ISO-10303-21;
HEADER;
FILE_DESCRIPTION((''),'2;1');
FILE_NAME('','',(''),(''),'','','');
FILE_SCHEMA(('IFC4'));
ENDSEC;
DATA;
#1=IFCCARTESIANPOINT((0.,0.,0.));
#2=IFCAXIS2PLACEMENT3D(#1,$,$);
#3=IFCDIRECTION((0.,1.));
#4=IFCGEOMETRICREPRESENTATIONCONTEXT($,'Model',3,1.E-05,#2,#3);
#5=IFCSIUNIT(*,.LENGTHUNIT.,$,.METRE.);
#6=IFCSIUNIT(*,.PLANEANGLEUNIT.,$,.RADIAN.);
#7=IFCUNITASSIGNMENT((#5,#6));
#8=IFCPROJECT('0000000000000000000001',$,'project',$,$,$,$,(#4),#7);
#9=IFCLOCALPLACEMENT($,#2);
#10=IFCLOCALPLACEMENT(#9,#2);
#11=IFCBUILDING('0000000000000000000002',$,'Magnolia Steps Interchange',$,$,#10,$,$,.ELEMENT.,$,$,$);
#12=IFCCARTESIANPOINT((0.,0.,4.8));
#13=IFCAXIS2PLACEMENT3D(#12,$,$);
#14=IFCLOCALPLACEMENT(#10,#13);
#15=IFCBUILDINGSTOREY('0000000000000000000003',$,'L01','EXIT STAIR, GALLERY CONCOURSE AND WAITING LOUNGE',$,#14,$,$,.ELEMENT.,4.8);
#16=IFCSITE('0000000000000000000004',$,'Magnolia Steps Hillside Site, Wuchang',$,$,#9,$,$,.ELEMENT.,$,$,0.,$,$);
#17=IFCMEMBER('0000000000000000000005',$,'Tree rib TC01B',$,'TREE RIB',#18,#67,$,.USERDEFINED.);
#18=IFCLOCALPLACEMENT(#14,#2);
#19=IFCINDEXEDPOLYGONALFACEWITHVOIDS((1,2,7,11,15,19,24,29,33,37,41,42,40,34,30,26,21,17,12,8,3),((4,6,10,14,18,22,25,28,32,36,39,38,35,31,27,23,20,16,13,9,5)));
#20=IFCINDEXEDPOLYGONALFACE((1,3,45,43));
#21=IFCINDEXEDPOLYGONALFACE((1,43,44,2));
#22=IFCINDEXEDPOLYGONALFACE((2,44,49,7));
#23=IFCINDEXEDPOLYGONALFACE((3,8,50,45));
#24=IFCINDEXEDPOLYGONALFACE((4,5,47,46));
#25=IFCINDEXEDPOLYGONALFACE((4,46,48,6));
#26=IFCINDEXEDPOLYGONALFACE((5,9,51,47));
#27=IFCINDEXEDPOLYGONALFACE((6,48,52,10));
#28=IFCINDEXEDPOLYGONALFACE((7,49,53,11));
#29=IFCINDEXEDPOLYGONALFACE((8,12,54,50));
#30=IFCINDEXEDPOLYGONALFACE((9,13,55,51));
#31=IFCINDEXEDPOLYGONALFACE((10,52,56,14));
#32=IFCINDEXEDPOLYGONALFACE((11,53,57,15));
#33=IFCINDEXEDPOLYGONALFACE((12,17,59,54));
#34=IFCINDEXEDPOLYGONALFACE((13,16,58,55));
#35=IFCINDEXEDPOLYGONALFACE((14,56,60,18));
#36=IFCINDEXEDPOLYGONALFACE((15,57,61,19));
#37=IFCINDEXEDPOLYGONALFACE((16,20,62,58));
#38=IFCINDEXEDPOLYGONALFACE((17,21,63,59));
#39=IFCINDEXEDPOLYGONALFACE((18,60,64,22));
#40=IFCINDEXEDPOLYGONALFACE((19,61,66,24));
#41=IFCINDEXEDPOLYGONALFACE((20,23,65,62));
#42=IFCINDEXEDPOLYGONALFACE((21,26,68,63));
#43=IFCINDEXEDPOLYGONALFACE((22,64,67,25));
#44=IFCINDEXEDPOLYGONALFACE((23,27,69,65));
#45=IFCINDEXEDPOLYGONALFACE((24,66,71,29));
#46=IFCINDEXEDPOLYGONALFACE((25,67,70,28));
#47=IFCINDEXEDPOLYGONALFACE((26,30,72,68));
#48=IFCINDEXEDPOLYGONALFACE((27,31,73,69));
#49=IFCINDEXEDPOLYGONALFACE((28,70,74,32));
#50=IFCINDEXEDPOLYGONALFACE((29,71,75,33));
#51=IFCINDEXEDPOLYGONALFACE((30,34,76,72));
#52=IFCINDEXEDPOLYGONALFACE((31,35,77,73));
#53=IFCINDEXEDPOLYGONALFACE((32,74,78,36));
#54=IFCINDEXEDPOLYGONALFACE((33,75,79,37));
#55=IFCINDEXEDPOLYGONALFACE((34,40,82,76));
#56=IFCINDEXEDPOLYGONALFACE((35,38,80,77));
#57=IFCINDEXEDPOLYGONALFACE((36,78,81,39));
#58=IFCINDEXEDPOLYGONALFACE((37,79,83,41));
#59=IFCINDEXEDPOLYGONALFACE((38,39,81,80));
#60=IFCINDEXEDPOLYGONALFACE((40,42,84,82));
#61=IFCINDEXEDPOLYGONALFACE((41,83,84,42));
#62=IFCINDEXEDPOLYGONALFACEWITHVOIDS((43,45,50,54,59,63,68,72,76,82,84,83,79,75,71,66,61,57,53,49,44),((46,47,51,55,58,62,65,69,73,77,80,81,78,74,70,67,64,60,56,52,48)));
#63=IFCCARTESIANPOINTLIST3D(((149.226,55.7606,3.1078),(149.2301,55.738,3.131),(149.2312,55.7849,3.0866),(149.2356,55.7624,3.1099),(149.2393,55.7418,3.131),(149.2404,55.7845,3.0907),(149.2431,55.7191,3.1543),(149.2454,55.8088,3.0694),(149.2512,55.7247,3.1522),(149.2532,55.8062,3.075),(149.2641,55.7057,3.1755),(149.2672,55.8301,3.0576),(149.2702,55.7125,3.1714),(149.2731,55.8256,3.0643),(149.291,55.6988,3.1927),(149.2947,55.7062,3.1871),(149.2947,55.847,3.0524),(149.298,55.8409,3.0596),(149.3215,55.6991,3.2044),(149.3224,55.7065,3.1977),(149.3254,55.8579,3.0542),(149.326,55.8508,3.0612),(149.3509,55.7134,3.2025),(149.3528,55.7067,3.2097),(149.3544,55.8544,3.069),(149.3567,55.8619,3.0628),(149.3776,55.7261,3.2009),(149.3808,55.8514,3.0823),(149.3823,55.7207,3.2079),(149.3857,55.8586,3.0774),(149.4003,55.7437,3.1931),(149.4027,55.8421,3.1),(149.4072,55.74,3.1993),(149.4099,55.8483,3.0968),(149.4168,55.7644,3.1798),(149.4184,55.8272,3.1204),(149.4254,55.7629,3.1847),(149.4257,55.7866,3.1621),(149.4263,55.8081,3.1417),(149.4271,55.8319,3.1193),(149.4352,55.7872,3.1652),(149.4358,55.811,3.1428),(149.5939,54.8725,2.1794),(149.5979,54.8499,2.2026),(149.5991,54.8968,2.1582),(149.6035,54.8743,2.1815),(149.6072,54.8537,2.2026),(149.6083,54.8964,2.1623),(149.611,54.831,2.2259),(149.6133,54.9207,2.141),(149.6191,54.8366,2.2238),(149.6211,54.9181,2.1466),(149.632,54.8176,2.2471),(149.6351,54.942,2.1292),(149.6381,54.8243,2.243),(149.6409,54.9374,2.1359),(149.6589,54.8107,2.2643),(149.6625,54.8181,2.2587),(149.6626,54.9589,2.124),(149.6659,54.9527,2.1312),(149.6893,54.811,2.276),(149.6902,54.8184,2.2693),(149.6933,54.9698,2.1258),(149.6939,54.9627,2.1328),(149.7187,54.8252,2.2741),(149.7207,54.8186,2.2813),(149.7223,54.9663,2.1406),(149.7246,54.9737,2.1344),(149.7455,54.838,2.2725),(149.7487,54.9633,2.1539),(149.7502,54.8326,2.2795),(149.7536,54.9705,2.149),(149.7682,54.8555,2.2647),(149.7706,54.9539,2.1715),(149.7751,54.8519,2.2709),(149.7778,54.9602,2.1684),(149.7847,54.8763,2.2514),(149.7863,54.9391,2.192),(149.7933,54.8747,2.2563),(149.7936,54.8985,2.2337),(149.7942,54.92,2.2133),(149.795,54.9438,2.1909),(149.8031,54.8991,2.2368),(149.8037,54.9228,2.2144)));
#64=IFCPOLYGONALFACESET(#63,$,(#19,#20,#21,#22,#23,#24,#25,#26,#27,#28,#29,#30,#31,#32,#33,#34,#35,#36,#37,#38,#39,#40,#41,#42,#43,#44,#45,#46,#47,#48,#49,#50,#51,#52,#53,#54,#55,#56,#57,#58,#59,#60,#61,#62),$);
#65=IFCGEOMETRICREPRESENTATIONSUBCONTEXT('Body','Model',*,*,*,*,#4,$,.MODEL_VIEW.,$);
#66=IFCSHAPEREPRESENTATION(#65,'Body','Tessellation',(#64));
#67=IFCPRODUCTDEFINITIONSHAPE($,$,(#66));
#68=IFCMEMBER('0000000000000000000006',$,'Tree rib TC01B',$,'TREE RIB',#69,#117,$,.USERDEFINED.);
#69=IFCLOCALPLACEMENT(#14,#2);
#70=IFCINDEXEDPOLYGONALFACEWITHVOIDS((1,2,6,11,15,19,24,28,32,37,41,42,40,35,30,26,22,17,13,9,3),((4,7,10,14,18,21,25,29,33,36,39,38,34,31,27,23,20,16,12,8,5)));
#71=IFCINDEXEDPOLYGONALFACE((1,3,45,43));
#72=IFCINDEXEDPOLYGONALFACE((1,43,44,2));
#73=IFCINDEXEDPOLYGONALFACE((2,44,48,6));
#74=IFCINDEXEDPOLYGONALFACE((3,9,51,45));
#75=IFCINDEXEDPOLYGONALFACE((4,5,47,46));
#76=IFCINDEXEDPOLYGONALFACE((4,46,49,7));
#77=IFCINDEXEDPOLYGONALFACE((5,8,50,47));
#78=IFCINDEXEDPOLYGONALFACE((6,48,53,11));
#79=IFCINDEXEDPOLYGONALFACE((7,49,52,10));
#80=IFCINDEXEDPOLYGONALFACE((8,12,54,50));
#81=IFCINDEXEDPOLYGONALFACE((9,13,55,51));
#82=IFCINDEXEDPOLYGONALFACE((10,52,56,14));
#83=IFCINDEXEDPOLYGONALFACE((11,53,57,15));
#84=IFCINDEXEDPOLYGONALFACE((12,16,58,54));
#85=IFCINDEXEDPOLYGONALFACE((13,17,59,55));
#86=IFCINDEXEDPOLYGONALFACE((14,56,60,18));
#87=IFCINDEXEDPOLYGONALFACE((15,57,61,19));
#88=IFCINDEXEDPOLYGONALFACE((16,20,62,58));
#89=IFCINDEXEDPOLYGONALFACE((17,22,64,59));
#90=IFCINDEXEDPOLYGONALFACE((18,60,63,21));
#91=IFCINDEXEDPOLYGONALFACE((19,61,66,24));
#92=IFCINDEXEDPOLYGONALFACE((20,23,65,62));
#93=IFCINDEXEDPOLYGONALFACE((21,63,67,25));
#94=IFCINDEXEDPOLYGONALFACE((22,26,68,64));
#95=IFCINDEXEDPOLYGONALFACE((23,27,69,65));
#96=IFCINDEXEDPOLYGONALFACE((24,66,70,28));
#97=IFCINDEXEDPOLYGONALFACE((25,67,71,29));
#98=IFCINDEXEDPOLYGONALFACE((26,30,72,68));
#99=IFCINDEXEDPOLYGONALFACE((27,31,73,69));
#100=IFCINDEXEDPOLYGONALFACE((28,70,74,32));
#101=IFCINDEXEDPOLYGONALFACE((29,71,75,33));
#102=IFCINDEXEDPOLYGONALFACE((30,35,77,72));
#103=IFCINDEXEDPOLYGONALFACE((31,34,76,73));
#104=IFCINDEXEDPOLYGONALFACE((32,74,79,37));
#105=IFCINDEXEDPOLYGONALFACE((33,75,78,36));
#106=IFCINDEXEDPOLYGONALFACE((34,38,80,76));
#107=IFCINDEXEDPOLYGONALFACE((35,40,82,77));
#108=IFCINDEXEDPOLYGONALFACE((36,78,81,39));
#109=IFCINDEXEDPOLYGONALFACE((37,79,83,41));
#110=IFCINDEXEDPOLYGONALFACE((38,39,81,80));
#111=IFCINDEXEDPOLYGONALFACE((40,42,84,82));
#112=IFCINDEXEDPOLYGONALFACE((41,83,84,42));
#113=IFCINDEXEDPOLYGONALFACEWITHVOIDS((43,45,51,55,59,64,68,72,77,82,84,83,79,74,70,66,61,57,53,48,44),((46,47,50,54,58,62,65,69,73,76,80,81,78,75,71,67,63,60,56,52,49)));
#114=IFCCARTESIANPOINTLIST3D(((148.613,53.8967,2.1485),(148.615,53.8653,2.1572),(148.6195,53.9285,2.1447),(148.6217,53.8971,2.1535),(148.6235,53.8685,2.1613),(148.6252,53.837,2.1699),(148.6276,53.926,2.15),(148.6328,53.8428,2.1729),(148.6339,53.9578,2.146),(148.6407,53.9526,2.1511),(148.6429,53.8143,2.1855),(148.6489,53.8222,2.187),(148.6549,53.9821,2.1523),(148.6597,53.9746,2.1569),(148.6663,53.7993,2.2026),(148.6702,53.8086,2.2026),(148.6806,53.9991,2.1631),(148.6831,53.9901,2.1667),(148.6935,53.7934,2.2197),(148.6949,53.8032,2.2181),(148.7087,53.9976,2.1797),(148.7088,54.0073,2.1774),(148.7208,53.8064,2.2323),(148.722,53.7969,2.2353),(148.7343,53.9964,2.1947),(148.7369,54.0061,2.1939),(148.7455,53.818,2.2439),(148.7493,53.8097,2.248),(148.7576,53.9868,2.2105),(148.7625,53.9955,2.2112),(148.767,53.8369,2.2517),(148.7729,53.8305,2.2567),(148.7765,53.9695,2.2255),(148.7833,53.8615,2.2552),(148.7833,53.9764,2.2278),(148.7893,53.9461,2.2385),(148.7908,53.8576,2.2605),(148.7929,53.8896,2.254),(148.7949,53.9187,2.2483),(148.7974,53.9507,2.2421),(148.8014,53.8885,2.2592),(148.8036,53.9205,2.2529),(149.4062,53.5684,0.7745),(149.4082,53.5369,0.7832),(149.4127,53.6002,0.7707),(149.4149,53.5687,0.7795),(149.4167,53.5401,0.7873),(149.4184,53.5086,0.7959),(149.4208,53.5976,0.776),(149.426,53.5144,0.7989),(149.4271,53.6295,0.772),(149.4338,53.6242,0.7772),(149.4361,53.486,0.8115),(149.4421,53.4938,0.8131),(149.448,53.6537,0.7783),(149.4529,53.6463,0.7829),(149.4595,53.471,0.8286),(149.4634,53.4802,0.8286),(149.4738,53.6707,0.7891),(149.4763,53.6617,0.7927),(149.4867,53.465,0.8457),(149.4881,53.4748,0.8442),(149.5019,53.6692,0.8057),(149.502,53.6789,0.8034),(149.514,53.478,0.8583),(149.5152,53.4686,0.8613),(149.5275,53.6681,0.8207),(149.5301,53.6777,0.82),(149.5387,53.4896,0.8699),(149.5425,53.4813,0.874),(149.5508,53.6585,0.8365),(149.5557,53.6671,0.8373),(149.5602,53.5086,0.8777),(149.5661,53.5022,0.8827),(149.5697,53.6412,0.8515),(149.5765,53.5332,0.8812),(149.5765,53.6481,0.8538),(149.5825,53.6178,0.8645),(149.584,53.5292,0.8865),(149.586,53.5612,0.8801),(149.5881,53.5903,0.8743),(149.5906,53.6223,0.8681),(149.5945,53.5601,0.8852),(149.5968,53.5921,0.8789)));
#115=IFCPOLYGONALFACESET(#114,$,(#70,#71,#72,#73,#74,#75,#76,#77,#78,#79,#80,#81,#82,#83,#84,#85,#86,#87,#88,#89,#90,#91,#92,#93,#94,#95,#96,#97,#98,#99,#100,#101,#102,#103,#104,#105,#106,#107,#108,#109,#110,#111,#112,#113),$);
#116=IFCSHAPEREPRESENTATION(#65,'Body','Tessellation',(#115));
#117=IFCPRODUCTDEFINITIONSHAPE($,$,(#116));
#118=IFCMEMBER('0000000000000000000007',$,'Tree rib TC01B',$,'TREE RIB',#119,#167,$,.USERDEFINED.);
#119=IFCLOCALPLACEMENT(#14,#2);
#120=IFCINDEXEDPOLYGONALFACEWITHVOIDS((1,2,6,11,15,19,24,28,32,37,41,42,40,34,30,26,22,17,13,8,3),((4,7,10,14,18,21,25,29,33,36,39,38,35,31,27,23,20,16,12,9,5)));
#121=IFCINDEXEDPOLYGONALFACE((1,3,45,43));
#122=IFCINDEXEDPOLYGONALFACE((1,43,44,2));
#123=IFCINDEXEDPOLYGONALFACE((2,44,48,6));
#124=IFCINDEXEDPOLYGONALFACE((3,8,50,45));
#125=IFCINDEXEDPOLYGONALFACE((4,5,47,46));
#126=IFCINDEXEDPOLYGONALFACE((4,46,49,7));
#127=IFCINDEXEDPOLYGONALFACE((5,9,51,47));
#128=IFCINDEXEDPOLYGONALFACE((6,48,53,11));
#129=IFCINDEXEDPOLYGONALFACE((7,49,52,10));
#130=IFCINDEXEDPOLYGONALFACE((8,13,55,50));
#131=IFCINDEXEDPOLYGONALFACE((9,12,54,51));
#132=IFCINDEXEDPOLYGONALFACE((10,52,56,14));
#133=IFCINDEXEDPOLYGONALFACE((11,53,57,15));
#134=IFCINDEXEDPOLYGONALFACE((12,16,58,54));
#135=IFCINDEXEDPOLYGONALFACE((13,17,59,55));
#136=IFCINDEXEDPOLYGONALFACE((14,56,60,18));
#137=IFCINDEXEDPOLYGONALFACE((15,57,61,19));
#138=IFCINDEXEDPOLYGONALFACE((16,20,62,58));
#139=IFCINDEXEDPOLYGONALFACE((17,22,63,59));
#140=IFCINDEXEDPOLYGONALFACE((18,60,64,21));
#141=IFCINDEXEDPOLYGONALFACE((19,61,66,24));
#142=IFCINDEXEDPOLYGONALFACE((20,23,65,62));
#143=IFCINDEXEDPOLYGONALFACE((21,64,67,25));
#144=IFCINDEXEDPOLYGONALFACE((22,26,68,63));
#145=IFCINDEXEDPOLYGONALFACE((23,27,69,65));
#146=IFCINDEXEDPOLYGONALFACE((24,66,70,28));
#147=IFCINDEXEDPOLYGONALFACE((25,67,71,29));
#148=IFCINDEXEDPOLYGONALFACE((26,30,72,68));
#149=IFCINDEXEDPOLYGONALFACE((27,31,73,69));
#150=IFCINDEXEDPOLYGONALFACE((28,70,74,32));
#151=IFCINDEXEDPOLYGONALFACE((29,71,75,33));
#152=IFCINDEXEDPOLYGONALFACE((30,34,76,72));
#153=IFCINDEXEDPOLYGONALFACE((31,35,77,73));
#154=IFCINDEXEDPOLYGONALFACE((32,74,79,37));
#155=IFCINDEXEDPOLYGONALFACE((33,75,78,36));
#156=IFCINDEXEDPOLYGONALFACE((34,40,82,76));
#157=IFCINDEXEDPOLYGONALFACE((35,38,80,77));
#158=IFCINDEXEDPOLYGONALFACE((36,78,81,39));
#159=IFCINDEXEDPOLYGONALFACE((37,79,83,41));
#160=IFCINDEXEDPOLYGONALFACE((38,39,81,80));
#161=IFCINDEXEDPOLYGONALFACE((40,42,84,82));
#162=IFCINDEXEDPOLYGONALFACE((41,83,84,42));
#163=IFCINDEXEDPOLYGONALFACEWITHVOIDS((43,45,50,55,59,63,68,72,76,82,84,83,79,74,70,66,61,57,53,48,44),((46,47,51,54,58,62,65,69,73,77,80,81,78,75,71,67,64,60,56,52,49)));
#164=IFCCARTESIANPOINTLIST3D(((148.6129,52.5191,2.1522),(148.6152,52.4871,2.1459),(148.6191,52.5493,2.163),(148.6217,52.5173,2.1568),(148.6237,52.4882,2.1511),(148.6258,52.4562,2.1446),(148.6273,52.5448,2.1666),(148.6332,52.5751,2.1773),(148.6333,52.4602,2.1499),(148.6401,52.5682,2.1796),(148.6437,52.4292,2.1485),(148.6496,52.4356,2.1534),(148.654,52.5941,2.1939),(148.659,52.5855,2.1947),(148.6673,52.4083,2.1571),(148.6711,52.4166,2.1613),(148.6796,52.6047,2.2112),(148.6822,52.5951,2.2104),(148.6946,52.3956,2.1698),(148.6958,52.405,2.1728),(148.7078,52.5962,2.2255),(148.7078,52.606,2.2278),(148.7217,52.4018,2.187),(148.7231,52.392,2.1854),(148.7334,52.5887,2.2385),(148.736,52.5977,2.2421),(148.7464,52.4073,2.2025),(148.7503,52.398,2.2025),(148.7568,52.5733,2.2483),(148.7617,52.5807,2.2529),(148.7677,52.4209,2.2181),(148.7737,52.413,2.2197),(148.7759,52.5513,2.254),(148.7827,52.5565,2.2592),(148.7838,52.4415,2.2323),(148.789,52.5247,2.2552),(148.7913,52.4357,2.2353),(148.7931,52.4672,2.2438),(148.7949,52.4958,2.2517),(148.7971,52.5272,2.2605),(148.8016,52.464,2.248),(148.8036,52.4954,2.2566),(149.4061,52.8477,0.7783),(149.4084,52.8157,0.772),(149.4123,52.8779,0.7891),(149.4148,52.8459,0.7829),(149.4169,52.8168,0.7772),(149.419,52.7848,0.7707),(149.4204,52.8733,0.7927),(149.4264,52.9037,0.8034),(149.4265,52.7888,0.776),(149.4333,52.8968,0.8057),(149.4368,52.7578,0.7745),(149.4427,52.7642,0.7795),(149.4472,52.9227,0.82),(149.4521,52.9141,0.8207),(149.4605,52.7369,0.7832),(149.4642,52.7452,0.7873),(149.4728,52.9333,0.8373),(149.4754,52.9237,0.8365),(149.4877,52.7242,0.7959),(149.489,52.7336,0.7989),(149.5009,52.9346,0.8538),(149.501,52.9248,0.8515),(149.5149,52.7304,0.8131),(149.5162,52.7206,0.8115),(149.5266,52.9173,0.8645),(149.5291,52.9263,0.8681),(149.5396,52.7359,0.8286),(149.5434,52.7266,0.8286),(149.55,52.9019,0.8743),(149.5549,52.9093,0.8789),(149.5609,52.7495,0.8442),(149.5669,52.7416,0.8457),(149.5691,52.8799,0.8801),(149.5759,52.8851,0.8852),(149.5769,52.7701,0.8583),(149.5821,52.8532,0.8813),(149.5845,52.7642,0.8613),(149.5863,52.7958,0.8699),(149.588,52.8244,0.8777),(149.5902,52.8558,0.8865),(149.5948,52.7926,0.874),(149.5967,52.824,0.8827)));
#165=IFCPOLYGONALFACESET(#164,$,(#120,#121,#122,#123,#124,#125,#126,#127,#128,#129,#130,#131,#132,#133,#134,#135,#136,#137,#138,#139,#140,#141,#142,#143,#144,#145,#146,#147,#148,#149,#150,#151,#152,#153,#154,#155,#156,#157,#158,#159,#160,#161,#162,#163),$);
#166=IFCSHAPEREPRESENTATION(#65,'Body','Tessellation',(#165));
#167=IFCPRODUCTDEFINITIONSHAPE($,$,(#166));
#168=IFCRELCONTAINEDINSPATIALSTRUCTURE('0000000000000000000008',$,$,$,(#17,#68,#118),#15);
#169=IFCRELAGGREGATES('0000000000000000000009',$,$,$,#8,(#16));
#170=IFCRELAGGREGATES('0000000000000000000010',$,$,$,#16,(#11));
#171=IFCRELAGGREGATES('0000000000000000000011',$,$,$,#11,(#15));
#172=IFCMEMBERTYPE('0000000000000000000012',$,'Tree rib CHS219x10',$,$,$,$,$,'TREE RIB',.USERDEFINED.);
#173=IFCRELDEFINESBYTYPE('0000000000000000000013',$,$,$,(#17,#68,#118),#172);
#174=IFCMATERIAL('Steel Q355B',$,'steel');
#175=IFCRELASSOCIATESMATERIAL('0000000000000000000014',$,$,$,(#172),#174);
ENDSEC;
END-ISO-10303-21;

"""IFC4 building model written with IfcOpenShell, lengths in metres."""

from ifc_helpers import new_model, si_unit, direction, frame, origin, origin_2d, place, context, subcontext, project, spatial, hollow_circle, extrude, material, material_profile, profile_set, type_object, element, save


model = new_model("IFC4")

# Units and contexts
model_context = context("Model", 3, precision=1e-05, world=origin(), true_north=direction((0.0, 1.0)))
body_context = subcontext(model_context, "Body", "Model", "MODEL_VIEW")
ifc_project = project(units=[si_unit("LENGTHUNIT", "METRE"), si_unit("PLANEANGLEUNIT", "RADIAN")], contexts=[model_context])

# Site, building, storey
site_placement = place(None, origin())
site = spatial("IfcSite", under=ifc_project, at=site_placement, Name="Magnolia Steps Hillside Site, Wuchang", CompositionType="ELEMENT", RefElevation=0.0)
building_placement = place(site_placement, origin())
building = spatial("IfcBuilding", under=site, at=building_placement, Name="Magnolia Steps Interchange", CompositionType="ELEMENT")
storey_placement = place(building_placement, frame((0.0, 0.0, 4.8)))
storey = spatial("IfcBuildingStorey", under=building, at=storey_placement, Name="L01", Description="EXIT STAIR, GALLERY CONCOURSE AND WAITING LOUNGE", CompositionType="ELEMENT", Elevation=4.8)

# Members
ifc_material_1 = material(Name="Steel Q355B", Category="steel")
ifc_material_profile_1 = material_profile(ifc_material_1, hollow_circle(Radius=0.1096, WallThickness=0.01, at=origin_2d()), Name="CHS219x10")
ifc_profile_set_1 = profile_set([ifc_material_profile_1], Name="Steel Q355B")
member_type = type_object("IfcMemberType", Name="Tree rib CHS219x10", ElementType="TREE RIB", PredefinedType="USERDEFINED", material=ifc_profile_set_1)
member_1_placement = place(storey_placement, frame((149.6992, 54.8918, 2.2026), z_axis=(-0.275282, 0.664549, 0.69469), x_axis=(-0.923871, -0.382703, 0.0)))
element("IfcMember", 1, at=member_1_placement, inside=storey, type_object=member_type, Name="Tree rib TC01B", ObjectType="TREE RIB", PredefinedType="USERDEFINED", context=body_context, shape_type="SweptSolid", body=[
    extrude(hollow_circle(Radius=0.1096, WallThickness=0.01, at=origin_2d()), origin(), (0.0, 0.0, 1.0), 1.3364),
])
for number, where, z_axis, x_axis, name in (
    (2, (149.5015, 53.5723, 0.8286), (-0.489586, 0.202676, 0.848073), (-0.382494, -0.923958, 0.0), "Tree rib TC01B"),
    (3, (149.5015, 52.8279, 0.8286), (-0.489571, -0.20282, 0.848047), (0.382737, -0.923857, 0.0), "Tree rib TC01B"),
):
    element("IfcMember", number, at=place(storey_placement, frame(where, z_axis=z_axis, x_axis=x_axis)), inside=storey, type_object=member_type, Name=name, ObjectType="TREE RIB", PredefinedType="USERDEFINED", context=body_context, shape_type="SweptSolid", body=[
        extrude(hollow_circle(Radius=0.1096, WallThickness=0.01, at=origin_2d()), origin(), (0.0, 0.0, 1.0), 1.6201),
    ])

save(model, "model.ifc")
